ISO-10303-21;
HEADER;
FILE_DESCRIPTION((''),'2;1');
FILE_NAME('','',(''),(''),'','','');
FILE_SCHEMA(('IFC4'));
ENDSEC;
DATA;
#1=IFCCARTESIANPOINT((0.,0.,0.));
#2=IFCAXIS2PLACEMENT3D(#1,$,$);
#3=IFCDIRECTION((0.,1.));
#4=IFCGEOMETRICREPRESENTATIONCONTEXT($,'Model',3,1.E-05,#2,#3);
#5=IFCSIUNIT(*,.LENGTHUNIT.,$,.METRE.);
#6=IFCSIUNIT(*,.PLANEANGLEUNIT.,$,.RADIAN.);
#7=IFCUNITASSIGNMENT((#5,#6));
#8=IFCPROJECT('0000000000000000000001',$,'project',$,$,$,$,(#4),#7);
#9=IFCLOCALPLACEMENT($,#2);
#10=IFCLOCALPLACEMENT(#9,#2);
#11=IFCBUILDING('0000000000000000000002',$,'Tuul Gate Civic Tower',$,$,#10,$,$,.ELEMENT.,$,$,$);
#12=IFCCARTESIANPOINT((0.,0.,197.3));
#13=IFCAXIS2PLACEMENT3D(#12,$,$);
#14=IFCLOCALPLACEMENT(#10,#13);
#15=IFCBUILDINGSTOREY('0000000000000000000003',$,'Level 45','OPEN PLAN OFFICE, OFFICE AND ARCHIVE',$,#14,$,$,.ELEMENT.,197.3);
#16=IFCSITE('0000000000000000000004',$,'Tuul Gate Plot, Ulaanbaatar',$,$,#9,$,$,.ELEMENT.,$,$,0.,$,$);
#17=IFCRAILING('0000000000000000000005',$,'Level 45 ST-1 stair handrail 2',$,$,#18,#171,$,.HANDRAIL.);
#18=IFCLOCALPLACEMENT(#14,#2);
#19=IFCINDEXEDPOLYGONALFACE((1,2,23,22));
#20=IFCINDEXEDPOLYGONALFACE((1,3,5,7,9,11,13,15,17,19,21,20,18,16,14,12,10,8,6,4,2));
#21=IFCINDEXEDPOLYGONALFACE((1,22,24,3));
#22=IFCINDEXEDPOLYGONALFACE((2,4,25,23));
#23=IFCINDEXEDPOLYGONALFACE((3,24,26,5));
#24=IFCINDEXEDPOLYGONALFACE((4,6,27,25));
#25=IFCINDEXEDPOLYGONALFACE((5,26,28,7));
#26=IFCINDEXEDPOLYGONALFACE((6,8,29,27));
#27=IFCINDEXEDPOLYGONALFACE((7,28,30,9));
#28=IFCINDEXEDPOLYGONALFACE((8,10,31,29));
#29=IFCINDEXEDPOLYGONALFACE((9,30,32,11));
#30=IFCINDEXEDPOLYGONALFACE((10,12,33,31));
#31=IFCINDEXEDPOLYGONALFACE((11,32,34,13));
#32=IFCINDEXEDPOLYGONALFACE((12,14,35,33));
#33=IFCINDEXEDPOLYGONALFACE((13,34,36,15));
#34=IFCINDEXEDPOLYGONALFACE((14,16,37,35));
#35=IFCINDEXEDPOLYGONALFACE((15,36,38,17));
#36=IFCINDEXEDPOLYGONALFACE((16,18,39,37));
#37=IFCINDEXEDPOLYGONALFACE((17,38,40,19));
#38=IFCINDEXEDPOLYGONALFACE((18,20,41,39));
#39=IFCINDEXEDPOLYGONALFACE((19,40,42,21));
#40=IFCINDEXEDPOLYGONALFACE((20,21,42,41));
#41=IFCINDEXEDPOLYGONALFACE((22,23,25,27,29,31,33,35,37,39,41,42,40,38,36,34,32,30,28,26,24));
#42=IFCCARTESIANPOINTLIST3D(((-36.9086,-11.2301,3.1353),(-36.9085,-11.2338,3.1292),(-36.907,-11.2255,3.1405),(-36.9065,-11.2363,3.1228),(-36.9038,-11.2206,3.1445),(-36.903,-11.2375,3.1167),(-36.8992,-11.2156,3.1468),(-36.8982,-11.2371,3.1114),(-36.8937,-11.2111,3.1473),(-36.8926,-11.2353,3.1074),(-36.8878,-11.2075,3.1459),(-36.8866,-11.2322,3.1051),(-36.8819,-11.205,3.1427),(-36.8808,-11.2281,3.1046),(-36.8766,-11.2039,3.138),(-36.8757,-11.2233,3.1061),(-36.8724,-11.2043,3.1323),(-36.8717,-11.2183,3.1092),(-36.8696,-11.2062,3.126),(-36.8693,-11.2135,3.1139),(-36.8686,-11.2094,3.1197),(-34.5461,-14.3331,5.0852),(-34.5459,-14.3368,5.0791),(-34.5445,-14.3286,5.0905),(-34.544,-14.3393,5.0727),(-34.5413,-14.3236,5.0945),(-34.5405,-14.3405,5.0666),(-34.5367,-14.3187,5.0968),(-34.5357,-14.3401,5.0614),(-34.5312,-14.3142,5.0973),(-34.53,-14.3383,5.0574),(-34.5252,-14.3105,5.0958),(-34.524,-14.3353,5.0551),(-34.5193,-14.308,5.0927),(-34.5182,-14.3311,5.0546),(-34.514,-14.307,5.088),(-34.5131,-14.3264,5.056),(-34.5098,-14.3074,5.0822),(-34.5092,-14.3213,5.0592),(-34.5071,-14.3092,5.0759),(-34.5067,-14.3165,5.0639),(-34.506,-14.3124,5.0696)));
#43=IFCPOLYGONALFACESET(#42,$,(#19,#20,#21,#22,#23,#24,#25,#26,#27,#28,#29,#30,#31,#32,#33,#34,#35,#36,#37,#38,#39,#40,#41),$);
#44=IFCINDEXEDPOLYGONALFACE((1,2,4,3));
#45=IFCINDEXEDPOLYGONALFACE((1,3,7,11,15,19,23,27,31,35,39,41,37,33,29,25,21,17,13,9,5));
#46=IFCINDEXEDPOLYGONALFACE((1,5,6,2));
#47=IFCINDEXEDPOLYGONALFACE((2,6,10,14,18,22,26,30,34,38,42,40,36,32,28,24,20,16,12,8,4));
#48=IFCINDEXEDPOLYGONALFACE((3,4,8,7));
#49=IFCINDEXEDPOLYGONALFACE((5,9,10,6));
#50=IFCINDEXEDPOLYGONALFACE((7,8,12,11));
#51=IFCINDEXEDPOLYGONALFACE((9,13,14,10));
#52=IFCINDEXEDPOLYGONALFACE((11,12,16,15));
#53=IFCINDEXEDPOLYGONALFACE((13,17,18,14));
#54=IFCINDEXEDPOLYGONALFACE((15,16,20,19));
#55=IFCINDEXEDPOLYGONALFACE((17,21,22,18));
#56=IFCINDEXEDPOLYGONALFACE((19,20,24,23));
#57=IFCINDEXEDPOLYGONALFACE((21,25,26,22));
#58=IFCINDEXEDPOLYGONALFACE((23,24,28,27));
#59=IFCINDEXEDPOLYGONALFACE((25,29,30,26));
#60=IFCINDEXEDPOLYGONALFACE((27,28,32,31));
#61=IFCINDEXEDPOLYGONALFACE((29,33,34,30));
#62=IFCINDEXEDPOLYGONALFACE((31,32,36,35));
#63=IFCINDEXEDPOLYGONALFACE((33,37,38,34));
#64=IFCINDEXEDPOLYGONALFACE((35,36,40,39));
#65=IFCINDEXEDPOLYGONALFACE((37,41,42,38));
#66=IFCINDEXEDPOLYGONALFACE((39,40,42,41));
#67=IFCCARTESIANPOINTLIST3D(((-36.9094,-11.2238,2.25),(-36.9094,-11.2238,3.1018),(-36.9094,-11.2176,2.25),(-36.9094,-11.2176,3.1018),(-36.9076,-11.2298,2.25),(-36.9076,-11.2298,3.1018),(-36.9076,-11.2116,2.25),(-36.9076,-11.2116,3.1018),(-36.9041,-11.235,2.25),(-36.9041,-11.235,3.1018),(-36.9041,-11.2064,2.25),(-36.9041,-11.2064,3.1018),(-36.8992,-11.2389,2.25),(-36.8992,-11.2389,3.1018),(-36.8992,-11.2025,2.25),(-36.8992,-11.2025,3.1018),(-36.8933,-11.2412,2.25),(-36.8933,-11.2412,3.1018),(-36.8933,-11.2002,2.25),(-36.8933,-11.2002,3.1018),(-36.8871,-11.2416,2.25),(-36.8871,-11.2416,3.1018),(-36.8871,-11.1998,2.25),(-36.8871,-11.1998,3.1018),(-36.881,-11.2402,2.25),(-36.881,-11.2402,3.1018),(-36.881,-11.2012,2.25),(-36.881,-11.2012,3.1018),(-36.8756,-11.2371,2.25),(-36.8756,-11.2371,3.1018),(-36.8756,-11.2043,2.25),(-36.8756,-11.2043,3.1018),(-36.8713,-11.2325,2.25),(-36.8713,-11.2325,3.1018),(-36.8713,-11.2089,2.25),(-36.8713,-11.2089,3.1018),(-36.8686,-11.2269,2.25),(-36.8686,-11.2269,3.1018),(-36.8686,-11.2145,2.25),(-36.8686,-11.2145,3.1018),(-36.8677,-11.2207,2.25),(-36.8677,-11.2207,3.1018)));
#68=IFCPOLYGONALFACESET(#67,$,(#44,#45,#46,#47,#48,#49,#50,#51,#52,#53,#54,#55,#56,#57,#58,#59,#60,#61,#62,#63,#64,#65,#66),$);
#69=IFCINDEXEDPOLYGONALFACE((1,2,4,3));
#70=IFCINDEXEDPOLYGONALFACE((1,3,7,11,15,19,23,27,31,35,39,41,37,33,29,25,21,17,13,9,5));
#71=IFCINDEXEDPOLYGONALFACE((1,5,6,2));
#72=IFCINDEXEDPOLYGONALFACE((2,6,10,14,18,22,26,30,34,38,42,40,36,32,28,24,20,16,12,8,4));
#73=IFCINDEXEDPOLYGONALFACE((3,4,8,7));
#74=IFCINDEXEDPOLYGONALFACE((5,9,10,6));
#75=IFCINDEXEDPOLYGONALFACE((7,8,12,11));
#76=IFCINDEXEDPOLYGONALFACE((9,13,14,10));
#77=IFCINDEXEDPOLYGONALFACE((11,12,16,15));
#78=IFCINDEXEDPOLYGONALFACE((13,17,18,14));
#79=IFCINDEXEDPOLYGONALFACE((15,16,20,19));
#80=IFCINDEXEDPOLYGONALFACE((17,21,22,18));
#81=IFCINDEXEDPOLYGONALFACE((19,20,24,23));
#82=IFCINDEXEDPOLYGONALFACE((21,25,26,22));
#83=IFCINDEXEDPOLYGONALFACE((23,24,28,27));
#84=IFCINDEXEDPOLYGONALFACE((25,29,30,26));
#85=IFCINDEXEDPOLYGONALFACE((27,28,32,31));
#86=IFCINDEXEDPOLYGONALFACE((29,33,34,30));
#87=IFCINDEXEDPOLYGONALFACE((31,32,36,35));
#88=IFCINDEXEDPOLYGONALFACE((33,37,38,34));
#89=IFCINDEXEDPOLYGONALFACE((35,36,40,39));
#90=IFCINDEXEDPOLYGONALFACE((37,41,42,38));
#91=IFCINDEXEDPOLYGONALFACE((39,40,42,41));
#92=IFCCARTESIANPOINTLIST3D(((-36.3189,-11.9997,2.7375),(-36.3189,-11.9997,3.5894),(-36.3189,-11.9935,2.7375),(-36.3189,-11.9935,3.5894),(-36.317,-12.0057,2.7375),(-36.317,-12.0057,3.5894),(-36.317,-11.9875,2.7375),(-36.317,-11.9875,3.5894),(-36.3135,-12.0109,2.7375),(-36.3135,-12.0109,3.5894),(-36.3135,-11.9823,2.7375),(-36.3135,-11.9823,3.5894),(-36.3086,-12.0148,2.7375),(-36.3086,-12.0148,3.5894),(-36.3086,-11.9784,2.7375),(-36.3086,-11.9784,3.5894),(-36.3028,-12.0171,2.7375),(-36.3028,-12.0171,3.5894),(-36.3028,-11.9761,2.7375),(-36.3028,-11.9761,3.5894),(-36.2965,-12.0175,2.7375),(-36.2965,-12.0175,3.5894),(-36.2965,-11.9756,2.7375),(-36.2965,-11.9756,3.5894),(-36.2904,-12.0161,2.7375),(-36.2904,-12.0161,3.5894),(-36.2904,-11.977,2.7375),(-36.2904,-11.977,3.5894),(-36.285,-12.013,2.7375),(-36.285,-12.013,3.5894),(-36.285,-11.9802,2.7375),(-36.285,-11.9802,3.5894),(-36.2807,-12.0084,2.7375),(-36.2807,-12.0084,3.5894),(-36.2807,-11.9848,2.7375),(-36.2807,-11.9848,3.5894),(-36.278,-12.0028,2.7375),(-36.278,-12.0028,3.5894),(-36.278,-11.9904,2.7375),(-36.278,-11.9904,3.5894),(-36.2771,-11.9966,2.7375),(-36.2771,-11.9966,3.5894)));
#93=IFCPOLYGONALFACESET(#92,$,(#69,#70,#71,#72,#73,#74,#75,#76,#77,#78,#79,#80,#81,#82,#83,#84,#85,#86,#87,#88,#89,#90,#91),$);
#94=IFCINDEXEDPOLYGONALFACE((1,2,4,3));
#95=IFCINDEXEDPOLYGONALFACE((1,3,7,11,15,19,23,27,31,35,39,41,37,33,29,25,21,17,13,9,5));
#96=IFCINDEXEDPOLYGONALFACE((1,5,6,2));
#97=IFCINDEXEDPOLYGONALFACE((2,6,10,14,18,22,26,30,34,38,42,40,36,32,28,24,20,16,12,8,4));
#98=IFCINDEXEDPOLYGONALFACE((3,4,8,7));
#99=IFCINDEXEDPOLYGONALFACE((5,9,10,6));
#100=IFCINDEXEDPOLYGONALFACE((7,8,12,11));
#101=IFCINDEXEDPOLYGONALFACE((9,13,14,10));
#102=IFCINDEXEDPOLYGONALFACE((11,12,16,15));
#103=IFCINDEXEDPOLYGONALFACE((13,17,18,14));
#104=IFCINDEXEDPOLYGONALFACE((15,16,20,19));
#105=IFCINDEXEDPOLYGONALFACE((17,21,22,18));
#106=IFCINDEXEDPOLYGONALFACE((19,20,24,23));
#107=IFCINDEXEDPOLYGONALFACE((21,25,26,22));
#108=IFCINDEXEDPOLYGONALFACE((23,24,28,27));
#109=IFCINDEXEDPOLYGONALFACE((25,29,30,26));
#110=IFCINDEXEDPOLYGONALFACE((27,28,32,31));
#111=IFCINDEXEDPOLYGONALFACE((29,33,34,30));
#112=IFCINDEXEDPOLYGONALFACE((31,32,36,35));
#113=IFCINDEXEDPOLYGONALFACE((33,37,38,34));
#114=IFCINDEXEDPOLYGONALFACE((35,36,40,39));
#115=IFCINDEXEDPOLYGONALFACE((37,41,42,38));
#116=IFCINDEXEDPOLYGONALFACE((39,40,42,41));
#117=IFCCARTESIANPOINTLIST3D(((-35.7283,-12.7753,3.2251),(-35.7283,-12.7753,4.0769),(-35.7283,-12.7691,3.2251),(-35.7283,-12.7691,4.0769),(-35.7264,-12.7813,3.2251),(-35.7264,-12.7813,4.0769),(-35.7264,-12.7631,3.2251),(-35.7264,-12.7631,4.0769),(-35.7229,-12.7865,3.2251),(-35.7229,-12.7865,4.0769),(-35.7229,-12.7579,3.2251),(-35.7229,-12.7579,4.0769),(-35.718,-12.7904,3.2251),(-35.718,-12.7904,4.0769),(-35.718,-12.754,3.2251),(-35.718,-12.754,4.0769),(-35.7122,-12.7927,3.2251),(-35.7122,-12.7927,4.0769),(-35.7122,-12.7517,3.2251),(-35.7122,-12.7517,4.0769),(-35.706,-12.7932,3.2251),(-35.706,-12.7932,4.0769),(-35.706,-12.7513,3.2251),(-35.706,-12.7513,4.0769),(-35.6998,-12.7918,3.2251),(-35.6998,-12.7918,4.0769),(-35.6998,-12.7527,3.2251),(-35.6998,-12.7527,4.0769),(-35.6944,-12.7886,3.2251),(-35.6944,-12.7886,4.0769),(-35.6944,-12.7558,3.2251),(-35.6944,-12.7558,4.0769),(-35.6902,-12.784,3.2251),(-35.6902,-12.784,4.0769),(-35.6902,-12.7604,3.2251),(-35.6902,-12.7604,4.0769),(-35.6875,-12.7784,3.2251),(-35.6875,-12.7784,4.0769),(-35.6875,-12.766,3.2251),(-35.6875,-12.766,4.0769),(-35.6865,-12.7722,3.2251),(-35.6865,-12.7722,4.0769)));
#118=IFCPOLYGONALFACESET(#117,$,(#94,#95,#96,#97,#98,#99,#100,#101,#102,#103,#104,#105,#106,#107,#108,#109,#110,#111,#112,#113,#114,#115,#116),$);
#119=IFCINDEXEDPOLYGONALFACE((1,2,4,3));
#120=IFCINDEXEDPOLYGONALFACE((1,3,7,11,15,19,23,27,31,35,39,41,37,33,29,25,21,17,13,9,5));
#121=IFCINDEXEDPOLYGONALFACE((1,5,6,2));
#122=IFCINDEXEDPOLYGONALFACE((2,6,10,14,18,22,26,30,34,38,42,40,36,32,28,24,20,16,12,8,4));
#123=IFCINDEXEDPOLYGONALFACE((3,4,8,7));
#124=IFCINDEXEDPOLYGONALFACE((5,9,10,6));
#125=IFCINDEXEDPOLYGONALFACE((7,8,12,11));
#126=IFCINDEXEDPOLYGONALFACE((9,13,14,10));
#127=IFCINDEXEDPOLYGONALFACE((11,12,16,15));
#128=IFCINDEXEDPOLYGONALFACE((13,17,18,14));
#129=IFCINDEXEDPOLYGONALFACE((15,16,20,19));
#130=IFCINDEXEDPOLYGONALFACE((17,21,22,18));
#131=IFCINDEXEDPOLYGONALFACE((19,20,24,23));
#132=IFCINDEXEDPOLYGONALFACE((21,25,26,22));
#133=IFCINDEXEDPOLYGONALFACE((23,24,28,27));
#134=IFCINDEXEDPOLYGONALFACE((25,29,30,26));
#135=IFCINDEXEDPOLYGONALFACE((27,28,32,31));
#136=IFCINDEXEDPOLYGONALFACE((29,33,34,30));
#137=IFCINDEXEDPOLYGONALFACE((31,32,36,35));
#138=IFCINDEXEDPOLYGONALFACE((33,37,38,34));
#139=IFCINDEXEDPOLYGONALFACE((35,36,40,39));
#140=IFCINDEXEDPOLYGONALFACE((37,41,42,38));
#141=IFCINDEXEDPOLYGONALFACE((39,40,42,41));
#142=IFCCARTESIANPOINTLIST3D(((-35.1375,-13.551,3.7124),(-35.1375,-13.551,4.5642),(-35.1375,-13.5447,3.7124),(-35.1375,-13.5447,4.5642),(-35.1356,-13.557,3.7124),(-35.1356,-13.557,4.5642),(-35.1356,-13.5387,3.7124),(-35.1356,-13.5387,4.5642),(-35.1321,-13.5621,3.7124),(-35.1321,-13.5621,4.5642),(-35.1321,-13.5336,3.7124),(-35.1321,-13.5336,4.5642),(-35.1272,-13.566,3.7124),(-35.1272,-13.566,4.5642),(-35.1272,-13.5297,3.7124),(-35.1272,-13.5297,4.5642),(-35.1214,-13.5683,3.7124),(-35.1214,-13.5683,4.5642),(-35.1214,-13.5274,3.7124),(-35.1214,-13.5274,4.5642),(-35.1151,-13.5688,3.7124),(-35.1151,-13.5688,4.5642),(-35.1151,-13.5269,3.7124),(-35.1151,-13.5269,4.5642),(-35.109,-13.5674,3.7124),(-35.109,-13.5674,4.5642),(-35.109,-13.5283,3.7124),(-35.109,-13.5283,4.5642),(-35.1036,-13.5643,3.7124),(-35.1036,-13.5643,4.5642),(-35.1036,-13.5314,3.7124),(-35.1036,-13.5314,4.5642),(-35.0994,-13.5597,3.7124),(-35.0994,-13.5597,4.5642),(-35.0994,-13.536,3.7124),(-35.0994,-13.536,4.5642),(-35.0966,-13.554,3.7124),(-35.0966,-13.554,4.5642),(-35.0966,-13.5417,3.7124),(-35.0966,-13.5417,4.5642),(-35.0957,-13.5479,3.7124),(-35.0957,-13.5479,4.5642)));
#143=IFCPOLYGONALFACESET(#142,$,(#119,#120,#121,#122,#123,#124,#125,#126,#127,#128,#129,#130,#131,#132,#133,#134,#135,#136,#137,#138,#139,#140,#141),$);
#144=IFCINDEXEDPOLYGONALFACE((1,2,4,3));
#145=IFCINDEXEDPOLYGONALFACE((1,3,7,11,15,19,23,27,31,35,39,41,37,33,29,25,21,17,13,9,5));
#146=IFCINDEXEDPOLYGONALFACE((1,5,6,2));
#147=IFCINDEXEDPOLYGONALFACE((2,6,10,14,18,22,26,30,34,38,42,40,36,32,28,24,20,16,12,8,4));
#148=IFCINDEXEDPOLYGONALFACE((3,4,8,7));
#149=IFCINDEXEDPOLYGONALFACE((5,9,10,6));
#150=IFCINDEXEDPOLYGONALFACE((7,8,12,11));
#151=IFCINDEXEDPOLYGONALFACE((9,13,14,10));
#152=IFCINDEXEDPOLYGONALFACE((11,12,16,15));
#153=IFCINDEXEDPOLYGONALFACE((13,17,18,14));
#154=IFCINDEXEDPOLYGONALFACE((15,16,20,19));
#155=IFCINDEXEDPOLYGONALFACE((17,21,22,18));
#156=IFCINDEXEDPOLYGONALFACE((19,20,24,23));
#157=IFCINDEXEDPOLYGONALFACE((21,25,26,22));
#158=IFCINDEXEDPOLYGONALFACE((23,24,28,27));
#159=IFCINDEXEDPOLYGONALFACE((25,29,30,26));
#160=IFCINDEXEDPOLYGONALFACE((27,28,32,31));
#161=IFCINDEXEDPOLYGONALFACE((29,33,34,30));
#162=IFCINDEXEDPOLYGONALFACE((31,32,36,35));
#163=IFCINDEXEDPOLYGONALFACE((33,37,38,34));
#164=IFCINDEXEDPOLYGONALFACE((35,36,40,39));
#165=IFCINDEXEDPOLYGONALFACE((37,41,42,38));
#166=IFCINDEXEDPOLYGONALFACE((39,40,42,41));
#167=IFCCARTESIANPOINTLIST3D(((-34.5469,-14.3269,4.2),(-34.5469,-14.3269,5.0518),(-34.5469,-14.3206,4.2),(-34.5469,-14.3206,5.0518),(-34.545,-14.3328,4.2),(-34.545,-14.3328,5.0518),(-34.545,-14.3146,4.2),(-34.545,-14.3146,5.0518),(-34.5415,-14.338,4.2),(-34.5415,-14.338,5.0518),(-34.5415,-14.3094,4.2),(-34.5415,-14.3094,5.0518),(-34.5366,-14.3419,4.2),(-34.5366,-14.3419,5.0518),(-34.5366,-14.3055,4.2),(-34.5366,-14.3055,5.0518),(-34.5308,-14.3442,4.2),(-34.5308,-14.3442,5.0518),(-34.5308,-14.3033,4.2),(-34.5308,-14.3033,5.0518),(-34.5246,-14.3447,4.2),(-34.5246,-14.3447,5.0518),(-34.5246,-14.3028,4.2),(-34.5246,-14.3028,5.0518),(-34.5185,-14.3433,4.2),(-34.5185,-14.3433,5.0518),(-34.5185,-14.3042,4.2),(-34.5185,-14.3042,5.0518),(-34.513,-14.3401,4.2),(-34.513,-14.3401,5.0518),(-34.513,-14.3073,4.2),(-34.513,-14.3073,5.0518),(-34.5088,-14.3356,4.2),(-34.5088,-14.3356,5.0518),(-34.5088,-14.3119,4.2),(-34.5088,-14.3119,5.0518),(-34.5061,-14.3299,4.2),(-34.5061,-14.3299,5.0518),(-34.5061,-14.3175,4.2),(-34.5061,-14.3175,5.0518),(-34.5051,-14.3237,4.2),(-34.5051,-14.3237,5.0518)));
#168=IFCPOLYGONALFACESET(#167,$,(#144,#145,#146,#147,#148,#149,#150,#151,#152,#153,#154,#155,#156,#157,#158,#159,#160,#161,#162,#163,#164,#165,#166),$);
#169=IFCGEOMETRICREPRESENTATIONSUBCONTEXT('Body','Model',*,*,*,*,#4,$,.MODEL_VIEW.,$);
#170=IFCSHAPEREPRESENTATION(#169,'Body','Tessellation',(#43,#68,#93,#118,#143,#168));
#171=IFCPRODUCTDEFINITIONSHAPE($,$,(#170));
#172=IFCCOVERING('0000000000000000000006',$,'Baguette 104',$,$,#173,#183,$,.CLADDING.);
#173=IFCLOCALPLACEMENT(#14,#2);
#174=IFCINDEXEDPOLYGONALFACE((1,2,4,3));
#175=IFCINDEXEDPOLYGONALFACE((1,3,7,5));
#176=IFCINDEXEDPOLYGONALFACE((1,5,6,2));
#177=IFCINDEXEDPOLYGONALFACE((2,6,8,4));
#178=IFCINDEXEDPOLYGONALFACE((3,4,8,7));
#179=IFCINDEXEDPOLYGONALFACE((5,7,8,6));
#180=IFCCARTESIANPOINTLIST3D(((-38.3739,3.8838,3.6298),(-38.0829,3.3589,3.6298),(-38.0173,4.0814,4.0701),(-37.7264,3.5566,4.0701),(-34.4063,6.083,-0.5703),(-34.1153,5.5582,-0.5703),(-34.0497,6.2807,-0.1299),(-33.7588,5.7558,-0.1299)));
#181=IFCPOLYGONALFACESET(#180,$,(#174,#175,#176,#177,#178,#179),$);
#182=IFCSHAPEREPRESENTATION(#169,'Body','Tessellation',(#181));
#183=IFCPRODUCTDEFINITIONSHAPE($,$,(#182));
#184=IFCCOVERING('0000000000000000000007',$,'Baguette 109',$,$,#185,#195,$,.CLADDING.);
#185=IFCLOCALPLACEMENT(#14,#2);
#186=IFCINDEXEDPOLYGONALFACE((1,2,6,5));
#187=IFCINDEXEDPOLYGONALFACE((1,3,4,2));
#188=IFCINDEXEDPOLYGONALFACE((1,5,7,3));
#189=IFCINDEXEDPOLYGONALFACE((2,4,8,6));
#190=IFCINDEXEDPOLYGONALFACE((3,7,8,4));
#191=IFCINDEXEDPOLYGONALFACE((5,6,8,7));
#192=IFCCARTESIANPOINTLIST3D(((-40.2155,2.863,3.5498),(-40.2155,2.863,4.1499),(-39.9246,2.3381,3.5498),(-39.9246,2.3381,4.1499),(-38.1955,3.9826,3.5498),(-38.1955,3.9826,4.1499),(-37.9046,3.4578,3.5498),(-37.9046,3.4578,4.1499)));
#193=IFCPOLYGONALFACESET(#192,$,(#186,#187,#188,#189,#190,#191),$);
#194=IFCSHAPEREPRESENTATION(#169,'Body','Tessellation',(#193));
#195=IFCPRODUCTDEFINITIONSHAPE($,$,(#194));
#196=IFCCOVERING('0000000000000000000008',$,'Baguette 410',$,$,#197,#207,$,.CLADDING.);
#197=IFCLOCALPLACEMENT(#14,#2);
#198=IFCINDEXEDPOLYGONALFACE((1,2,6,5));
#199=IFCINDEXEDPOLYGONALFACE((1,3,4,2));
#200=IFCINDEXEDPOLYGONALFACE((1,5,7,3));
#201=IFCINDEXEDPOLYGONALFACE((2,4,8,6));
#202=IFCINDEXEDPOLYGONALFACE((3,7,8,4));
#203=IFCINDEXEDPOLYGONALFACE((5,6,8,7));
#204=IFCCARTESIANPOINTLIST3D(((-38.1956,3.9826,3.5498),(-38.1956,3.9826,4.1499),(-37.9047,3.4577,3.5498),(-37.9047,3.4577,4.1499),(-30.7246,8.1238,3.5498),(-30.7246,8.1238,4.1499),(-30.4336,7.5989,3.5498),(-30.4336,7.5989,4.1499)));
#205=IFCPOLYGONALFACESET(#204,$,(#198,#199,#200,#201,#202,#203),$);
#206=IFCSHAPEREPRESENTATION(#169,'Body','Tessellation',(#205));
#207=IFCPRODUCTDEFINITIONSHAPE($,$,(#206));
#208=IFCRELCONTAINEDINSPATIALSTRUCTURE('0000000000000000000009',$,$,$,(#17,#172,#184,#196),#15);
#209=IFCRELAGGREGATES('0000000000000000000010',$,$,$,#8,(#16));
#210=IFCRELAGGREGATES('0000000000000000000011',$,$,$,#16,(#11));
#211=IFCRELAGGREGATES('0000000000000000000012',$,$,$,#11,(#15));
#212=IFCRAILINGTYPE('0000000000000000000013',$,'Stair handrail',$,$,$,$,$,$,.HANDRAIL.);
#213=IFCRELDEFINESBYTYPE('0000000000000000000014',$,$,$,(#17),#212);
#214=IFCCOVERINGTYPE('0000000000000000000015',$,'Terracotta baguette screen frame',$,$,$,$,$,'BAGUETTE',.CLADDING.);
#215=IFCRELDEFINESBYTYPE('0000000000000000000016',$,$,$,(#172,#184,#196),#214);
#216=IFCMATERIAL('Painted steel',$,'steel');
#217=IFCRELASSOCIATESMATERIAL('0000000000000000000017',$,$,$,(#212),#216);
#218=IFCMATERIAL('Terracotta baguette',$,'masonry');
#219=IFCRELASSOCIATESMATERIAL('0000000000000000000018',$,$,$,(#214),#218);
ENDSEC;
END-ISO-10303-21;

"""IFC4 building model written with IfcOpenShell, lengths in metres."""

from ifc_helpers import new_model, si_unit, direction, frame, origin, origin_2d, place, context, subcontext, project, spatial, rectangle, circle, extrude, material, material_profile, profile_set, type_object, element, save


model = new_model("IFC4")

# Units and contexts
model_context = context("Model", 3, precision=1e-05, world=origin(), true_north=direction((0.0, 1.0)))
body_context = subcontext(model_context, "Body", "Model", "MODEL_VIEW")
ifc_project = project(units=[si_unit("LENGTHUNIT", "METRE"), si_unit("PLANEANGLEUNIT", "RADIAN")], contexts=[model_context])

# Site, building, storey
site_placement = place(None, origin())
site = spatial("IfcSite", under=ifc_project, at=site_placement, Name="Tuul Gate Plot, Ulaanbaatar", CompositionType="ELEMENT", RefElevation=0.0)
building_placement = place(site_placement, origin())
building = spatial("IfcBuilding", under=site, at=building_placement, Name="Tuul Gate Civic Tower", CompositionType="ELEMENT")
storey_placement = place(building_placement, frame((0.0, 0.0, 197.3)))
storey = spatial("IfcBuildingStorey", under=building, at=storey_placement, Name="Level 45", Description="OPEN PLAN OFFICE, OFFICE AND ARCHIVE", CompositionType="ELEMENT", Elevation=197.3)

# Railing
ifc_material_1 = material(Name="Painted steel", Category="steel")
railing_type_1 = type_object("IfcRailingType", Name="Stair handrail", PredefinedType="HANDRAIL", material=ifc_material_1)
railing_1_placement = place(storey_placement, frame((-36.8887, -11.2207, 2.25)))
element("IfcRailing", 1, at=railing_1_placement, inside=storey, type_object=railing_type_1, Name="Level 45 ST-1 stair handrail 2", PredefinedType="HANDRAIL", context=body_context, shape_type="SweptSolid", body=[
    extrude(circle(Radius=0.0239, at=origin_2d()), frame((0.0, 0.0, 0.876), z_axis=(0.541824, -0.711645, 0.4472), x_axis=(0.795637, 0.605773, 0.0)), (0.0, 0.0, 1.0), 4.3604),
    extrude(circle(Radius=0.021, at=origin_2d()), origin(), (0.0, 0.0, 1.0), 0.8518),
    extrude(circle(Radius=0.021, at=origin_2d()), frame((0.5906, -0.7759, 0.4875)), (0.0, 0.0, 1.0), 0.8518),
    extrude(circle(Radius=0.021, at=origin_2d()), frame((1.1812, -1.5515, 0.9751)), (0.0, 0.0, 1.0), 0.8518),
    extrude(circle(Radius=0.021, at=origin_2d()), frame((1.772, -2.3271, 1.4624)), (0.0, 0.0, 1.0), 0.8518),
    extrude(circle(Radius=0.021, at=origin_2d()), frame((2.3625, -3.103, 1.95)), (0.0, 0.0, 1.0), 0.8518),
])

# Coverings
ifc_material_2 = material(Name="Terracotta baguette", Category="masonry")
ifc_material_profile_1 = material_profile(ifc_material_2, rectangle(XDim=0.6001, YDim=0.6001, at=origin_2d()), Name="Terracotta baguette screen frame")
ifc_profile_set_1 = profile_set([ifc_material_profile_1], Name="Terracotta baguette")
covering_type = type_object("IfcCoveringType", Name="Terracotta baguette screen frame", ElementType="BAGUETTE", PredefinedType="CLADDING", material=ifc_profile_set_1)
covering_1_placement = place(storey_placement, frame((-34.0825, 5.9194, -0.3501), z_axis=(-0.641785, -0.355744, 0.679381), x_axis=(0.484806, -0.874621, 0.0)))
element("IfcCovering", 2, at=covering_1_placement, inside=storey, type_object=covering_type, Name="Baguette 104", PredefinedType="CLADDING", context=body_context, shape_type="SweptSolid", body=[
    extrude(rectangle(XDim=0.6001, YDim=0.6001, at=origin_2d()), origin(), (0.0, 0.0, 1.0), 6.1821),
])
covering_2_placement = place(storey_placement, frame((-38.05, 3.7202, 3.8499), z_axis=(-0.874636, -0.484781, 0.0), x_axis=(0.484781, -0.874636, 0.0)))
element("IfcCovering", 3, at=covering_2_placement, inside=storey, type_object=covering_type, Name="Baguette 109", PredefinedType="CLADDING", context=body_context, shape_type="SweptSolid", body=[
    extrude(rectangle(XDim=0.6001, YDim=0.6001, at=origin_2d()), origin(), (0.0, 0.0, 1.0), 2.3096),
])
covering_3_placement = place(storey_placement, frame((-30.5791, 7.8613, 3.8499), z_axis=(-0.874625, -0.484801, 0.0), x_axis=(0.484801, -0.874625, 0.0)))
element("IfcCovering", 4, at=covering_3_placement, inside=storey, type_object=covering_type, Name="Baguette 410", PredefinedType="CLADDING", context=body_context, shape_type="SweptSolid", body=[
    extrude(rectangle(XDim=0.6001, YDim=0.6001, at=origin_2d()), origin(), (0.0, 0.0, 1.0), 8.542),
])

save(model, "model.ifc")
